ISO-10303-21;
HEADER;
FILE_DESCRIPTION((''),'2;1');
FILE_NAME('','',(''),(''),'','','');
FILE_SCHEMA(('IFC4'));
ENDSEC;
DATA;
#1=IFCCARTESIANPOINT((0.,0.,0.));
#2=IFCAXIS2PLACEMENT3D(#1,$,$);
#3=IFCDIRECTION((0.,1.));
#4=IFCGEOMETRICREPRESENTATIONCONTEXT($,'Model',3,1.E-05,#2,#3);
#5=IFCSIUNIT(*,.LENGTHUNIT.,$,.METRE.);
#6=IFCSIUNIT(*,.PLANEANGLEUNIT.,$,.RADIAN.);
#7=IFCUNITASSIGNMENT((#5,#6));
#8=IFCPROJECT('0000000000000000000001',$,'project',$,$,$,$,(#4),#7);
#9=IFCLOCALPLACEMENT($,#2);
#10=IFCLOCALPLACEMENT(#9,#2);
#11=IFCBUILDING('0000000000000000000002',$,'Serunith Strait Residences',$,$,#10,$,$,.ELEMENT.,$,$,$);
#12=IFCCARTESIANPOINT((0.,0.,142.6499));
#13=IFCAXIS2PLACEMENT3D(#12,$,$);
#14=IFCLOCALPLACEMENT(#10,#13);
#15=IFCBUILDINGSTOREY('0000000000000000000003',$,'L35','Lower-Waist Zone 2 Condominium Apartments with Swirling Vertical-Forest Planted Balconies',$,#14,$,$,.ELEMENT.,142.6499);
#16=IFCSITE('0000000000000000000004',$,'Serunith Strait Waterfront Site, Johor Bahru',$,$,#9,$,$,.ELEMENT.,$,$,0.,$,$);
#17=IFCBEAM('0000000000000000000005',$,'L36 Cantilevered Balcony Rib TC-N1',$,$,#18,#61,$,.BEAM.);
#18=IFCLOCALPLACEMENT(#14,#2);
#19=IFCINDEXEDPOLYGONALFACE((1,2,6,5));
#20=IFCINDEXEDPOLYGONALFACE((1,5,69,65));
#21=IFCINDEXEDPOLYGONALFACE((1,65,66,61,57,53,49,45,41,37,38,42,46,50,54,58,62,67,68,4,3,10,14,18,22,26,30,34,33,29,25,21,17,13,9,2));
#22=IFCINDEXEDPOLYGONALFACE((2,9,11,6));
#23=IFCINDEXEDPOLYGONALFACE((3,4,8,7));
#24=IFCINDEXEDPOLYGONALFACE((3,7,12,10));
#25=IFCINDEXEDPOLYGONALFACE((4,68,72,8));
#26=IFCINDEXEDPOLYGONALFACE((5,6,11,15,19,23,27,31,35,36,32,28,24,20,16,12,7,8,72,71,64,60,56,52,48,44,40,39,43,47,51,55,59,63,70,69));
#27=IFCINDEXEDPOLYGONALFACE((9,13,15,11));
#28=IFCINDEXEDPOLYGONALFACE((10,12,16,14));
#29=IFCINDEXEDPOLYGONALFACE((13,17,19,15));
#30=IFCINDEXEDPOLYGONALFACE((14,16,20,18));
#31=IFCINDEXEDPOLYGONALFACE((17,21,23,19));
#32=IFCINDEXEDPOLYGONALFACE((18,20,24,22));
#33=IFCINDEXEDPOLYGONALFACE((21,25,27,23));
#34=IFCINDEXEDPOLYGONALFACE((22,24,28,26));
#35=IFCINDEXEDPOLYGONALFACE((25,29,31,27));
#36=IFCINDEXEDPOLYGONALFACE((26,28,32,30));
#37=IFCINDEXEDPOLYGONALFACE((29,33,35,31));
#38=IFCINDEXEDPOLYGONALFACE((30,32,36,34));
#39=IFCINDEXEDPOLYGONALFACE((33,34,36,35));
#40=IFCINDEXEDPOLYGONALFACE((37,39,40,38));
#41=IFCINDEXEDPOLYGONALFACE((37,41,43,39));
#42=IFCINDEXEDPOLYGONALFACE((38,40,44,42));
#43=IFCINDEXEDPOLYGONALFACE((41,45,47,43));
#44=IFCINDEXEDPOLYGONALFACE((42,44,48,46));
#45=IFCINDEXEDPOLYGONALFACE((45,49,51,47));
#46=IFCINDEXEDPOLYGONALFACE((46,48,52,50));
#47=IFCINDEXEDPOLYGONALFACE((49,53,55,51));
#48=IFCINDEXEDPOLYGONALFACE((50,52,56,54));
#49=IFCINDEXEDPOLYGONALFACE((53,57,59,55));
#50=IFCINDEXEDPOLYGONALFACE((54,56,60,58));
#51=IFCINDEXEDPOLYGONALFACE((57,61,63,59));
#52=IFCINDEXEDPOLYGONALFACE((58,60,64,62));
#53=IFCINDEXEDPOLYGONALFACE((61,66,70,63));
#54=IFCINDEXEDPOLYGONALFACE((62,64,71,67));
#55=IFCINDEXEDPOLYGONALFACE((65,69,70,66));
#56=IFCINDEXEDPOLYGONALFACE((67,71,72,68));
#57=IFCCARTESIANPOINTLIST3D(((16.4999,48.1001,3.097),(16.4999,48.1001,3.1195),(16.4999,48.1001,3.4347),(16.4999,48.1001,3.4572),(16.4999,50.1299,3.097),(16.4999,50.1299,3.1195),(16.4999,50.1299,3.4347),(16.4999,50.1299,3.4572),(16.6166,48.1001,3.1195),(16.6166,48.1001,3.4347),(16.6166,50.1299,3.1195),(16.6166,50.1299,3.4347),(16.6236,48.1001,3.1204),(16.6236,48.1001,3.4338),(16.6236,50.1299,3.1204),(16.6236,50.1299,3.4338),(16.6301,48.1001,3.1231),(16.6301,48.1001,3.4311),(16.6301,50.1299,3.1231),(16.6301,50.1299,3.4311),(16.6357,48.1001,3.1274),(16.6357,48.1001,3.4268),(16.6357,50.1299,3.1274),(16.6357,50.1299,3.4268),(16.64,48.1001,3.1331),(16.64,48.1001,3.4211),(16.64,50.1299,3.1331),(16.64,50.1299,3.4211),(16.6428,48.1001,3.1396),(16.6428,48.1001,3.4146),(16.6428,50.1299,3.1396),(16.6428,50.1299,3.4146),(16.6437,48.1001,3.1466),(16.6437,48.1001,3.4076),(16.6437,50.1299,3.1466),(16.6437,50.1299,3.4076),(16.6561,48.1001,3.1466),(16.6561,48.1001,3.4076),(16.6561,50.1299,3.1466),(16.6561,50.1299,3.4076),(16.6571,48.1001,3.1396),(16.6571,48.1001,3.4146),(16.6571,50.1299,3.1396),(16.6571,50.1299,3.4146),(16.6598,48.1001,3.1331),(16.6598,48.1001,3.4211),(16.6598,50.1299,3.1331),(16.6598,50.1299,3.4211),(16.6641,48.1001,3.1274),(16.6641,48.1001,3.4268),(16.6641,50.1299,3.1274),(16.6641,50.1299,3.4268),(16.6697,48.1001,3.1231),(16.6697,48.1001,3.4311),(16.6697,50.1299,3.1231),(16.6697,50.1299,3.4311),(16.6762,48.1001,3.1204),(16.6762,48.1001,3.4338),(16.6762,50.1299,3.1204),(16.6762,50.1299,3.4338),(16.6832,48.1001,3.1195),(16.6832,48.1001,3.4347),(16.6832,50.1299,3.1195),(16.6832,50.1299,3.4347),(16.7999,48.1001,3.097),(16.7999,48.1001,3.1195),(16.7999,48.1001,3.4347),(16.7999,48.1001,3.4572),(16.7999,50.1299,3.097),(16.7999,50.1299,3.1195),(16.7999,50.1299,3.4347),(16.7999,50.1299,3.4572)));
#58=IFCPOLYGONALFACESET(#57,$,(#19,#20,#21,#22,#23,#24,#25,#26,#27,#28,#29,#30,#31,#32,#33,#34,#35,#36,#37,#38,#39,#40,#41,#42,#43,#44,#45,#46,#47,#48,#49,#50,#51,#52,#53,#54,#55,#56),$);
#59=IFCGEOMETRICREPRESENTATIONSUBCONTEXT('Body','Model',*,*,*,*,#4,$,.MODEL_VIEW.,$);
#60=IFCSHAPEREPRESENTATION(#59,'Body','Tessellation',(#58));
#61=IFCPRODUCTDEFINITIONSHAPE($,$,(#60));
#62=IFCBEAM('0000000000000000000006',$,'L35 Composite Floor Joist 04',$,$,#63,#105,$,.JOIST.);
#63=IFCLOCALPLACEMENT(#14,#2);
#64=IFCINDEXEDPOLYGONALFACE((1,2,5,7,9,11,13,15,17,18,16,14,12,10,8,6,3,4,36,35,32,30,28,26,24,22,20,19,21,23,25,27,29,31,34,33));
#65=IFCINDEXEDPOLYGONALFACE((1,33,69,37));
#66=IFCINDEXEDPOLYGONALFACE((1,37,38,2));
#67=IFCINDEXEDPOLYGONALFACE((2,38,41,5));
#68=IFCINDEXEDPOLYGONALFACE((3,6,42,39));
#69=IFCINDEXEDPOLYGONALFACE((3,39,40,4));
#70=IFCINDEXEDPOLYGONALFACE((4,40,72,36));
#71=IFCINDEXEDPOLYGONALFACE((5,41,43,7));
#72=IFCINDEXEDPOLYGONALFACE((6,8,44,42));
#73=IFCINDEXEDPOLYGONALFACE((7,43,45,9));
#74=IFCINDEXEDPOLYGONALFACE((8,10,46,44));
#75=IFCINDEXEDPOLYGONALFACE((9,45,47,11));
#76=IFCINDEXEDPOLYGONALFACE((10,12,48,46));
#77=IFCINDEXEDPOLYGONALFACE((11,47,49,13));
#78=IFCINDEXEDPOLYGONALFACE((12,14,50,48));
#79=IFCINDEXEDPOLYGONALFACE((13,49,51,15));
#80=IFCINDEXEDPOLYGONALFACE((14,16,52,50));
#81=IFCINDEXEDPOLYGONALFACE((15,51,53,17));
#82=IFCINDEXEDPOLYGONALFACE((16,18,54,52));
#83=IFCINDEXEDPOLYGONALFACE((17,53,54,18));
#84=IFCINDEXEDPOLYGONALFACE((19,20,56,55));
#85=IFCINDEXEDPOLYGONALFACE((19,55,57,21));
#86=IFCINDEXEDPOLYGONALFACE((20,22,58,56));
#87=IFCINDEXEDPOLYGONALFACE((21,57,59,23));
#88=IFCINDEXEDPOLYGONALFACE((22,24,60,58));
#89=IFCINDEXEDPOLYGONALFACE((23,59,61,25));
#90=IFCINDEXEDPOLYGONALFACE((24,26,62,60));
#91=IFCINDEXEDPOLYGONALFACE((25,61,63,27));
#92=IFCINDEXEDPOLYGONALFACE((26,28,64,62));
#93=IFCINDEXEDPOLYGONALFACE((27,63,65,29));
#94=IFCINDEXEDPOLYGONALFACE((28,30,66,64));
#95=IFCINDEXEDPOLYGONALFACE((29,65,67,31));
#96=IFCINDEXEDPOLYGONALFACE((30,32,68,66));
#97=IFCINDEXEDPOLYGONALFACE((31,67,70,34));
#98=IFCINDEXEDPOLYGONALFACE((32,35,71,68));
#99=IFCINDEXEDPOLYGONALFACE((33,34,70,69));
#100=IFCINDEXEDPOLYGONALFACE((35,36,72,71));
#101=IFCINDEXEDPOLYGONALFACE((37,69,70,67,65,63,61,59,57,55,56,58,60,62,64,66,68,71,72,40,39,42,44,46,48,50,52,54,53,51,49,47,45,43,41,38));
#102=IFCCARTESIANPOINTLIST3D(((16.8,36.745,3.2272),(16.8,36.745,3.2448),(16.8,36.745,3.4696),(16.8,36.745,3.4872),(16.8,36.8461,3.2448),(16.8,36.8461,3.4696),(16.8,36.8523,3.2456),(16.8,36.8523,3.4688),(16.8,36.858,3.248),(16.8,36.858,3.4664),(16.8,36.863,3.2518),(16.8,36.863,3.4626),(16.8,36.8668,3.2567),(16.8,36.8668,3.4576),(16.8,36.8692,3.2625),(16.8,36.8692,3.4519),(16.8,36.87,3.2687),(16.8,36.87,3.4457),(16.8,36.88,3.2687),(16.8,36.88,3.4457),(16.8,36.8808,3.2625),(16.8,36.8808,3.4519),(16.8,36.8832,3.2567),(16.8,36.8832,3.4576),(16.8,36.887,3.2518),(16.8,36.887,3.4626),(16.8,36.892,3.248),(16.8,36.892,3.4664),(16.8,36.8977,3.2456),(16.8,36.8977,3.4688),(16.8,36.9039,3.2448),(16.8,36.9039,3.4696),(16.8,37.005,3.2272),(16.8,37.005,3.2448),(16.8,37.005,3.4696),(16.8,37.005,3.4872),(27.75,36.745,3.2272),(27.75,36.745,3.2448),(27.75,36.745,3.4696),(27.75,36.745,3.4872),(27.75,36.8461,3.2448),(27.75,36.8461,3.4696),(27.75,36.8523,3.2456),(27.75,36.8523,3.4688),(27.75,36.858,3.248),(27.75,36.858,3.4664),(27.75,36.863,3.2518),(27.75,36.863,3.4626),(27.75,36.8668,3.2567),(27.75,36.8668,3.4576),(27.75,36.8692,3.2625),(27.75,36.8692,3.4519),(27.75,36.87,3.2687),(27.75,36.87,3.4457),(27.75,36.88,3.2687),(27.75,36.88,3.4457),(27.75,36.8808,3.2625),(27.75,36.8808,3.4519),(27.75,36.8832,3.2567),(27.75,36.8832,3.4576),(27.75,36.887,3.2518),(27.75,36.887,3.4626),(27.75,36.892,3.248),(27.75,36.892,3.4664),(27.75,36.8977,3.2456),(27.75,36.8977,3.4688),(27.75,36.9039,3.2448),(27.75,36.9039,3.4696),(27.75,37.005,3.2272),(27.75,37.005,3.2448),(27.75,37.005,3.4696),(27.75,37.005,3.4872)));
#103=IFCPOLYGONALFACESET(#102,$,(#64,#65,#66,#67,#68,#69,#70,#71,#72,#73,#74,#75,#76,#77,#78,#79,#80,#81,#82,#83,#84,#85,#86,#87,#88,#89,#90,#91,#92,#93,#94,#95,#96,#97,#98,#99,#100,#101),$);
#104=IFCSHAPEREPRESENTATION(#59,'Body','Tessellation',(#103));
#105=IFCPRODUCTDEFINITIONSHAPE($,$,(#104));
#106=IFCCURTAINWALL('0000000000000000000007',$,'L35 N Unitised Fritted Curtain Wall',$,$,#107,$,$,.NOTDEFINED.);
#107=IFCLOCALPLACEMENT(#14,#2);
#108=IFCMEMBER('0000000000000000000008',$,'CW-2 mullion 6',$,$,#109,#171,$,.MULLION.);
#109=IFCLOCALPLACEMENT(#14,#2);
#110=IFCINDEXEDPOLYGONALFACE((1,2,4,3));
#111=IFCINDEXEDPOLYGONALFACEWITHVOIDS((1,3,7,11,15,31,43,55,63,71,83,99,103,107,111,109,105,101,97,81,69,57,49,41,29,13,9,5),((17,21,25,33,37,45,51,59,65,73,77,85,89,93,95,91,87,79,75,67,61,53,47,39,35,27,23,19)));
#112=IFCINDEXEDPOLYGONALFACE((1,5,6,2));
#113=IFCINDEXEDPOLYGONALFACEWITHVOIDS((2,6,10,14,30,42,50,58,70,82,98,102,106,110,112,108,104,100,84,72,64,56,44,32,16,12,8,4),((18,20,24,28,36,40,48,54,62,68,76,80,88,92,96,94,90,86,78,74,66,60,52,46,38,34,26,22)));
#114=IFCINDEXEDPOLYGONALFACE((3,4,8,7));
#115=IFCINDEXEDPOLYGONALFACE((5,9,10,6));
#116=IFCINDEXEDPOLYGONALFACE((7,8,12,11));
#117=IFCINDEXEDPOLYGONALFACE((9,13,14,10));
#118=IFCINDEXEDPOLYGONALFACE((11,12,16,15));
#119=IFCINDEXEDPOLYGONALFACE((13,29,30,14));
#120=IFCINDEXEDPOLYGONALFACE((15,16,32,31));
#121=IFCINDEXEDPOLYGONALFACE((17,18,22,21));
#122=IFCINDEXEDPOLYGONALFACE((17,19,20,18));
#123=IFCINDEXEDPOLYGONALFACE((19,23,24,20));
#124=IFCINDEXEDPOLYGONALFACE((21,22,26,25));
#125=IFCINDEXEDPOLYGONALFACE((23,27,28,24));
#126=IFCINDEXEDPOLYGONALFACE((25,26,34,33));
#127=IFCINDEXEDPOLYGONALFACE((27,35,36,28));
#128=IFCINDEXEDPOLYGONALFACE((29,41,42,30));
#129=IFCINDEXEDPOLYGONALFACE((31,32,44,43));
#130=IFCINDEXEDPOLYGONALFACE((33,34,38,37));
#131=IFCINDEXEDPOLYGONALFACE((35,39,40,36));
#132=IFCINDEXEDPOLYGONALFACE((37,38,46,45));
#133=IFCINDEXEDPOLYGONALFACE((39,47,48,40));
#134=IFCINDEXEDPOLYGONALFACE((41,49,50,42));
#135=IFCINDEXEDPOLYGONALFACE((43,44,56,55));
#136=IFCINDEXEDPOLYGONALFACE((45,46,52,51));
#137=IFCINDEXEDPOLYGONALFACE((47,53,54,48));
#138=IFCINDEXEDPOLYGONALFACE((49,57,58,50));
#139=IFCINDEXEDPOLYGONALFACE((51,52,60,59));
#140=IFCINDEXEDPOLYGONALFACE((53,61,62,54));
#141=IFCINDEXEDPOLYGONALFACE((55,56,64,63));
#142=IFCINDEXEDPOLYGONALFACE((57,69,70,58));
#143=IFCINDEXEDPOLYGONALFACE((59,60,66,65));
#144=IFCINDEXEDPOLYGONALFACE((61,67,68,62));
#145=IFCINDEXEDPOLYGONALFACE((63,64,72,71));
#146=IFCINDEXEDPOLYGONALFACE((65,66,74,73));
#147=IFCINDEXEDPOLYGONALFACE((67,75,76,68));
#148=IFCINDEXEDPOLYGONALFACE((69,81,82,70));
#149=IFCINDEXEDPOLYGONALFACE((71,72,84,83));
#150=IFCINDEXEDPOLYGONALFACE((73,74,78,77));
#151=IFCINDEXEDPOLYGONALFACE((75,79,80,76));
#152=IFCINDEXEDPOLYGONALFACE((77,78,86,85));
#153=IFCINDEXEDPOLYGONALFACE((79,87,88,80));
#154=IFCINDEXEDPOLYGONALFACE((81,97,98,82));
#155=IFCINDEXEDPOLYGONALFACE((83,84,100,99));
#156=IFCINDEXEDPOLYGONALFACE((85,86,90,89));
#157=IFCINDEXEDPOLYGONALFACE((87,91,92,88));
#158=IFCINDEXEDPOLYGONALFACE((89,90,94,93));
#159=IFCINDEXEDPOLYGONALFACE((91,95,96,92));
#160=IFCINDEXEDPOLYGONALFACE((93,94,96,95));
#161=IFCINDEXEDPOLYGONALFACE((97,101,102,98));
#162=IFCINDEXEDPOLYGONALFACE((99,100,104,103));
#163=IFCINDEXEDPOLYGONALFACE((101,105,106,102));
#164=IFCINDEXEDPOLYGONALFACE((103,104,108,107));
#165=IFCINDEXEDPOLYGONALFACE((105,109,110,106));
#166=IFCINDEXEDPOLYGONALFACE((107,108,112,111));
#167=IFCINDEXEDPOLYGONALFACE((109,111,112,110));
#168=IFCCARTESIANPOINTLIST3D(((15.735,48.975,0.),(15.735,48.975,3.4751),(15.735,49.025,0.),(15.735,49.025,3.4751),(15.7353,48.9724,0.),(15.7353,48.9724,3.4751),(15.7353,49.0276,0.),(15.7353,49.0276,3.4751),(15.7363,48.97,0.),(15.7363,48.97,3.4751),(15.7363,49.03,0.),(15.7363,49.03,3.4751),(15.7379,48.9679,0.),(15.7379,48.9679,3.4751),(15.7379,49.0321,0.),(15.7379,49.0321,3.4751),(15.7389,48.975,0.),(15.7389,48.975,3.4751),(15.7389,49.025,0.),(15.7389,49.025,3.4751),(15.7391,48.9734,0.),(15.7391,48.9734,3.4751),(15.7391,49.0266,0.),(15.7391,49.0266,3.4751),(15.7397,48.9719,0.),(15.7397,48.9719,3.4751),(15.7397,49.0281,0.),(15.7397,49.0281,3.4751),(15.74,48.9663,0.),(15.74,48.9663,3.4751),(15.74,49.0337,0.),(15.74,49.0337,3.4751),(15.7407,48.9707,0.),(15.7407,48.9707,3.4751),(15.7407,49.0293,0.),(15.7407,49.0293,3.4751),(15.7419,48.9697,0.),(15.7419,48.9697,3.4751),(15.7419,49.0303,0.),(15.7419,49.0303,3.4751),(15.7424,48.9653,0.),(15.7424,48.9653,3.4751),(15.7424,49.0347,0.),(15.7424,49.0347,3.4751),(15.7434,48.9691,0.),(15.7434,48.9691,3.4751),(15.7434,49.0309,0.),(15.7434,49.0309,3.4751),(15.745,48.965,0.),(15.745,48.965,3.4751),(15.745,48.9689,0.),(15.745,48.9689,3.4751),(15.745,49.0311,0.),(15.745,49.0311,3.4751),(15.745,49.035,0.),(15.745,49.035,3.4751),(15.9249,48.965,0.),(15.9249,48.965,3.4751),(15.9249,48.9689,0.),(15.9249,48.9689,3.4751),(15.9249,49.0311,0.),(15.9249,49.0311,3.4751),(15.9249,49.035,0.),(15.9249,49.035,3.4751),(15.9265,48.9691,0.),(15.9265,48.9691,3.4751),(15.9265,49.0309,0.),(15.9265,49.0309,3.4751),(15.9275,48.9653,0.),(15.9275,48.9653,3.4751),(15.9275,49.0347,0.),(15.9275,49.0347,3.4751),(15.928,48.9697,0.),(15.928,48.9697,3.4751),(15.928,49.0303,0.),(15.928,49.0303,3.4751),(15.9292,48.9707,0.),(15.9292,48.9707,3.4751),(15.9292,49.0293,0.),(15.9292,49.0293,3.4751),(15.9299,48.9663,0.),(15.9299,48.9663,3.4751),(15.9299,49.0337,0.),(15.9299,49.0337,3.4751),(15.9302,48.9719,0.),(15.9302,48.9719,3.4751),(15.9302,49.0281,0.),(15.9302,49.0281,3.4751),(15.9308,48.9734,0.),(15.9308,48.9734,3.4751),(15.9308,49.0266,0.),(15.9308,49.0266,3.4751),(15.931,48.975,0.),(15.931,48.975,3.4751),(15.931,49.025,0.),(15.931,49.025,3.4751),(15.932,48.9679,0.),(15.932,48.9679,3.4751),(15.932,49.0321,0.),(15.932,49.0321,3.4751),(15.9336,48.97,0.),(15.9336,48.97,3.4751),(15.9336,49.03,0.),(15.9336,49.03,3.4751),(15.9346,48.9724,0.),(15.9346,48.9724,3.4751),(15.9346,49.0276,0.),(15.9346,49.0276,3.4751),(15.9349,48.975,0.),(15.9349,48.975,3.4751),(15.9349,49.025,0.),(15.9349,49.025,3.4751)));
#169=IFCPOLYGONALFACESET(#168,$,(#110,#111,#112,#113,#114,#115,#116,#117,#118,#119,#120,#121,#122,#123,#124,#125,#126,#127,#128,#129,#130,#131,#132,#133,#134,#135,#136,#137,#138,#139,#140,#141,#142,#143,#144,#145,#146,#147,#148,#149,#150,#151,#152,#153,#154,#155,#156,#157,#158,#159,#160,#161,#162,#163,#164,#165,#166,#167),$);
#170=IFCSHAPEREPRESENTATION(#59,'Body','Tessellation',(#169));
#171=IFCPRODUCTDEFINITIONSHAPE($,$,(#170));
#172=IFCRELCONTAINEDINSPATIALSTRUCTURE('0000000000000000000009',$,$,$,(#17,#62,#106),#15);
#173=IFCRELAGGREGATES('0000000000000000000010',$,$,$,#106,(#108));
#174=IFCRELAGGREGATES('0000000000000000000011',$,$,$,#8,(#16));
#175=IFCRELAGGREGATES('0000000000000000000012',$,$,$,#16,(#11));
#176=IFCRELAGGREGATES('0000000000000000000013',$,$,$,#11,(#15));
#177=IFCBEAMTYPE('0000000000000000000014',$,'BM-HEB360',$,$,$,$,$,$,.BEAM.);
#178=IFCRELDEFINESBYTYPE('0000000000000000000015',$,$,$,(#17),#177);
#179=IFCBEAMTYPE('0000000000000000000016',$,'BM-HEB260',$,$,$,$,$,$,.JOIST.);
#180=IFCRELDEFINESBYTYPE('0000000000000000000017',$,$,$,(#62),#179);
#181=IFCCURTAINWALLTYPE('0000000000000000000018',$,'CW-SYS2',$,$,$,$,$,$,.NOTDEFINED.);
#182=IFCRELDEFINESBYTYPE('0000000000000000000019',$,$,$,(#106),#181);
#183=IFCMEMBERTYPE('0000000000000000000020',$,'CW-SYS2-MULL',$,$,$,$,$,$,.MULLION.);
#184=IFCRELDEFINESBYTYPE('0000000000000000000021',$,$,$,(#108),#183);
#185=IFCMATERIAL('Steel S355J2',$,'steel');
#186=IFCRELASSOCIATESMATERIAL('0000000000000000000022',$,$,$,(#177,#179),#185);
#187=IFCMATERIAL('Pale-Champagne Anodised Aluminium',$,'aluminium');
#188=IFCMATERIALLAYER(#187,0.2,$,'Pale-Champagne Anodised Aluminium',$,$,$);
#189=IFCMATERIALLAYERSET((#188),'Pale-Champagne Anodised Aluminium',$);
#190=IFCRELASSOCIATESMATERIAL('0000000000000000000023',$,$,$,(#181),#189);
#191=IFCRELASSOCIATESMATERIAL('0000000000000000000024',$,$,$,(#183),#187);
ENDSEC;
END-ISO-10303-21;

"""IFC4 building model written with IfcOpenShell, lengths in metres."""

from ifc_helpers import new_model, si_unit, direction, frame, origin, origin_2d, place, context, subcontext, project, spatial, hollow_rectangle, i_section, extrude, source, transform, mapped, material, layer, layer_set, material_profile, profile_set, type_object, element, aggregate, save


model = new_model("IFC4")

# Units and contexts
model_context = context("Model", 3, precision=1e-05, world=origin(), true_north=direction((0.0, 1.0)))
body_context = subcontext(model_context, "Body", "Model", "MODEL_VIEW")
ifc_project = project(units=[si_unit("LENGTHUNIT", "METRE"), si_unit("PLANEANGLEUNIT", "RADIAN")], contexts=[model_context])

# Site, building, storey
site_placement = place(None, origin())
site = spatial("IfcSite", under=ifc_project, at=site_placement, Name="Serunith Strait Waterfront Site, Johor Bahru", CompositionType="ELEMENT", RefElevation=0.0)
building_placement = place(site_placement, origin())
building = spatial("IfcBuilding", under=site, at=building_placement, Name="Serunith Strait Residences", CompositionType="ELEMENT")
storey_placement = place(building_placement, frame((0.0, 0.0, 142.6499)))
storey = spatial("IfcBuildingStorey", under=building, at=storey_placement, Name="L35", Description="Lower-Waist Zone 2 Condominium Apartments with Swirling Vertical-Forest Planted Balconies", CompositionType="ELEMENT", Elevation=142.6499)

# Beams
ifc_material_1 = material(Name="Steel S355J2", Category="steel")
ifc_material_profile_1 = material_profile(ifc_material_1, i_section(OverallWidth=0.3, OverallDepth=0.3601, WebThickness=0.0125, FlangeThickness=0.0225, FilletRadius=0.0271, at=origin_2d()), Name="HEB 360")
ifc_profile_set_1 = profile_set([ifc_material_profile_1], Name="Steel S355J2")
beam_type_1 = type_object("IfcBeamType", Name="BM-HEB360", PredefinedType="BEAM", material=ifc_profile_set_1)
shared_shape_1 = source(origin(), body_context, "Body", "SweptSolid", [
    extrude(i_section(OverallWidth=0.3, OverallDepth=0.3601, WebThickness=0.0125, FlangeThickness=0.0225, FilletRadius=0.0271, at=origin_2d()), origin(), (0.0, 0.0, 1.0), 2.0298),
])
beam_1_placement = place(storey_placement, frame((16.6499, 48.1001, 3.2771), z_axis=(0.0, 1.0, 0.0), x_axis=(-1.0, 0.0, 0.0)))
element("IfcBeam", 1, at=beam_1_placement, inside=storey, type_object=beam_type_1, Name="L36 Cantilevered Balcony Rib TC-N1", PredefinedType="BEAM", context=body_context, shape_type="MappedRepresentation", body=[
    mapped(shared_shape_1, transform((0.0, 0.0, 0.0), scale=1.0)),
])
ifc_material_profile_2 = material_profile(ifc_material_1, i_section(OverallWidth=0.26, OverallDepth=0.26, WebThickness=0.01, FlangeThickness=0.0176, FilletRadius=0.0239, at=origin_2d()), Name="HEB 260")
ifc_profile_set_2 = profile_set([ifc_material_profile_2], Name="Steel S355J2")
beam_type_2 = type_object("IfcBeamType", Name="BM-HEB260", PredefinedType="JOIST", material=ifc_profile_set_2)
shared_shape_2 = source(origin(), body_context, "Body", "SweptSolid", [
    extrude(i_section(OverallWidth=0.26, OverallDepth=0.26, WebThickness=0.01, FlangeThickness=0.0176, FilletRadius=0.0239, at=origin_2d()), origin(), (0.0, 0.0, 1.0), 10.95),
])
beam_2_placement = place(storey_placement, frame((16.8, 36.875, 3.3572), z_axis=(1.0, 0.0, 0.0), x_axis=(0.0, 1.0, 0.0)))
element("IfcBeam", 2, at=beam_2_placement, inside=storey, type_object=beam_type_2, Name="L35 Composite Floor Joist 04", PredefinedType="JOIST", context=body_context, shape_type="MappedRepresentation", body=[
    mapped(shared_shape_2, transform((0.0, 0.0, 0.0), scale=1.0)),
])

# Curtain wall, member
ifc_material_2 = material(Name="Pale-Champagne Anodised Aluminium", Category="aluminium")
ifc_layer_1 = layer(ifc_material_2, 0.2, Name="Pale-Champagne Anodised Aluminium")
ifc_layer_set_1 = layer_set([ifc_layer_1], Name="Pale-Champagne Anodised Aluminium")
curtain_wall_type = type_object("IfcCurtainWallType", Name="CW-SYS2", PredefinedType="NOTDEFINED", material=ifc_layer_set_1)
curtain_wall_1_placement = place(storey_placement, origin())
curtain_wall_1 = element("IfcCurtainWall", 3, at=curtain_wall_1_placement, inside=storey, type_object=curtain_wall_type, Name="L35 N Unitised Fritted Curtain Wall", PredefinedType="NOTDEFINED")
ifc_material_profile_3 = material_profile(ifc_material_2, hollow_rectangle(XDim=0.0701, YDim=0.2, WallThickness=0.0039, InnerFilletRadius=0.0061, OuterFilletRadius=0.01, at=origin_2d()), Name="ALU 200x70x4")
ifc_profile_set_3 = profile_set([ifc_material_profile_3], Name="Pale-Champagne Anodised Aluminium")
member_type_1 = type_object("IfcMemberType", Name="CW-SYS2-MULL", PredefinedType="MULLION", material=ifc_profile_set_3)
shared_shape_3 = source(origin(), body_context, "Body", "SweptSolid", [
    extrude(hollow_rectangle(XDim=0.0701, YDim=0.2, WallThickness=0.0039, InnerFilletRadius=0.0061, OuterFilletRadius=0.01, at=origin_2d()), origin(), (0.0, 0.0, 1.0), 3.4751),
])
member_1_placement = place(storey_placement, frame((15.835, 49.0, 0.0), z_axis=(0.0, 0.0, 1.0), x_axis=(0.0, -1.0, 0.0)))
member_1 = element("IfcMember", 4, at=member_1_placement, type_object=member_type_1, Name="CW-2 mullion 6", PredefinedType="MULLION", context=body_context, shape_type="MappedRepresentation", body=[
    mapped(shared_shape_3, transform((0.0, 0.0, 0.0), scale=1.0)),
])

aggregate(curtain_wall_1, [member_1])

save(model, "model.ifc")
